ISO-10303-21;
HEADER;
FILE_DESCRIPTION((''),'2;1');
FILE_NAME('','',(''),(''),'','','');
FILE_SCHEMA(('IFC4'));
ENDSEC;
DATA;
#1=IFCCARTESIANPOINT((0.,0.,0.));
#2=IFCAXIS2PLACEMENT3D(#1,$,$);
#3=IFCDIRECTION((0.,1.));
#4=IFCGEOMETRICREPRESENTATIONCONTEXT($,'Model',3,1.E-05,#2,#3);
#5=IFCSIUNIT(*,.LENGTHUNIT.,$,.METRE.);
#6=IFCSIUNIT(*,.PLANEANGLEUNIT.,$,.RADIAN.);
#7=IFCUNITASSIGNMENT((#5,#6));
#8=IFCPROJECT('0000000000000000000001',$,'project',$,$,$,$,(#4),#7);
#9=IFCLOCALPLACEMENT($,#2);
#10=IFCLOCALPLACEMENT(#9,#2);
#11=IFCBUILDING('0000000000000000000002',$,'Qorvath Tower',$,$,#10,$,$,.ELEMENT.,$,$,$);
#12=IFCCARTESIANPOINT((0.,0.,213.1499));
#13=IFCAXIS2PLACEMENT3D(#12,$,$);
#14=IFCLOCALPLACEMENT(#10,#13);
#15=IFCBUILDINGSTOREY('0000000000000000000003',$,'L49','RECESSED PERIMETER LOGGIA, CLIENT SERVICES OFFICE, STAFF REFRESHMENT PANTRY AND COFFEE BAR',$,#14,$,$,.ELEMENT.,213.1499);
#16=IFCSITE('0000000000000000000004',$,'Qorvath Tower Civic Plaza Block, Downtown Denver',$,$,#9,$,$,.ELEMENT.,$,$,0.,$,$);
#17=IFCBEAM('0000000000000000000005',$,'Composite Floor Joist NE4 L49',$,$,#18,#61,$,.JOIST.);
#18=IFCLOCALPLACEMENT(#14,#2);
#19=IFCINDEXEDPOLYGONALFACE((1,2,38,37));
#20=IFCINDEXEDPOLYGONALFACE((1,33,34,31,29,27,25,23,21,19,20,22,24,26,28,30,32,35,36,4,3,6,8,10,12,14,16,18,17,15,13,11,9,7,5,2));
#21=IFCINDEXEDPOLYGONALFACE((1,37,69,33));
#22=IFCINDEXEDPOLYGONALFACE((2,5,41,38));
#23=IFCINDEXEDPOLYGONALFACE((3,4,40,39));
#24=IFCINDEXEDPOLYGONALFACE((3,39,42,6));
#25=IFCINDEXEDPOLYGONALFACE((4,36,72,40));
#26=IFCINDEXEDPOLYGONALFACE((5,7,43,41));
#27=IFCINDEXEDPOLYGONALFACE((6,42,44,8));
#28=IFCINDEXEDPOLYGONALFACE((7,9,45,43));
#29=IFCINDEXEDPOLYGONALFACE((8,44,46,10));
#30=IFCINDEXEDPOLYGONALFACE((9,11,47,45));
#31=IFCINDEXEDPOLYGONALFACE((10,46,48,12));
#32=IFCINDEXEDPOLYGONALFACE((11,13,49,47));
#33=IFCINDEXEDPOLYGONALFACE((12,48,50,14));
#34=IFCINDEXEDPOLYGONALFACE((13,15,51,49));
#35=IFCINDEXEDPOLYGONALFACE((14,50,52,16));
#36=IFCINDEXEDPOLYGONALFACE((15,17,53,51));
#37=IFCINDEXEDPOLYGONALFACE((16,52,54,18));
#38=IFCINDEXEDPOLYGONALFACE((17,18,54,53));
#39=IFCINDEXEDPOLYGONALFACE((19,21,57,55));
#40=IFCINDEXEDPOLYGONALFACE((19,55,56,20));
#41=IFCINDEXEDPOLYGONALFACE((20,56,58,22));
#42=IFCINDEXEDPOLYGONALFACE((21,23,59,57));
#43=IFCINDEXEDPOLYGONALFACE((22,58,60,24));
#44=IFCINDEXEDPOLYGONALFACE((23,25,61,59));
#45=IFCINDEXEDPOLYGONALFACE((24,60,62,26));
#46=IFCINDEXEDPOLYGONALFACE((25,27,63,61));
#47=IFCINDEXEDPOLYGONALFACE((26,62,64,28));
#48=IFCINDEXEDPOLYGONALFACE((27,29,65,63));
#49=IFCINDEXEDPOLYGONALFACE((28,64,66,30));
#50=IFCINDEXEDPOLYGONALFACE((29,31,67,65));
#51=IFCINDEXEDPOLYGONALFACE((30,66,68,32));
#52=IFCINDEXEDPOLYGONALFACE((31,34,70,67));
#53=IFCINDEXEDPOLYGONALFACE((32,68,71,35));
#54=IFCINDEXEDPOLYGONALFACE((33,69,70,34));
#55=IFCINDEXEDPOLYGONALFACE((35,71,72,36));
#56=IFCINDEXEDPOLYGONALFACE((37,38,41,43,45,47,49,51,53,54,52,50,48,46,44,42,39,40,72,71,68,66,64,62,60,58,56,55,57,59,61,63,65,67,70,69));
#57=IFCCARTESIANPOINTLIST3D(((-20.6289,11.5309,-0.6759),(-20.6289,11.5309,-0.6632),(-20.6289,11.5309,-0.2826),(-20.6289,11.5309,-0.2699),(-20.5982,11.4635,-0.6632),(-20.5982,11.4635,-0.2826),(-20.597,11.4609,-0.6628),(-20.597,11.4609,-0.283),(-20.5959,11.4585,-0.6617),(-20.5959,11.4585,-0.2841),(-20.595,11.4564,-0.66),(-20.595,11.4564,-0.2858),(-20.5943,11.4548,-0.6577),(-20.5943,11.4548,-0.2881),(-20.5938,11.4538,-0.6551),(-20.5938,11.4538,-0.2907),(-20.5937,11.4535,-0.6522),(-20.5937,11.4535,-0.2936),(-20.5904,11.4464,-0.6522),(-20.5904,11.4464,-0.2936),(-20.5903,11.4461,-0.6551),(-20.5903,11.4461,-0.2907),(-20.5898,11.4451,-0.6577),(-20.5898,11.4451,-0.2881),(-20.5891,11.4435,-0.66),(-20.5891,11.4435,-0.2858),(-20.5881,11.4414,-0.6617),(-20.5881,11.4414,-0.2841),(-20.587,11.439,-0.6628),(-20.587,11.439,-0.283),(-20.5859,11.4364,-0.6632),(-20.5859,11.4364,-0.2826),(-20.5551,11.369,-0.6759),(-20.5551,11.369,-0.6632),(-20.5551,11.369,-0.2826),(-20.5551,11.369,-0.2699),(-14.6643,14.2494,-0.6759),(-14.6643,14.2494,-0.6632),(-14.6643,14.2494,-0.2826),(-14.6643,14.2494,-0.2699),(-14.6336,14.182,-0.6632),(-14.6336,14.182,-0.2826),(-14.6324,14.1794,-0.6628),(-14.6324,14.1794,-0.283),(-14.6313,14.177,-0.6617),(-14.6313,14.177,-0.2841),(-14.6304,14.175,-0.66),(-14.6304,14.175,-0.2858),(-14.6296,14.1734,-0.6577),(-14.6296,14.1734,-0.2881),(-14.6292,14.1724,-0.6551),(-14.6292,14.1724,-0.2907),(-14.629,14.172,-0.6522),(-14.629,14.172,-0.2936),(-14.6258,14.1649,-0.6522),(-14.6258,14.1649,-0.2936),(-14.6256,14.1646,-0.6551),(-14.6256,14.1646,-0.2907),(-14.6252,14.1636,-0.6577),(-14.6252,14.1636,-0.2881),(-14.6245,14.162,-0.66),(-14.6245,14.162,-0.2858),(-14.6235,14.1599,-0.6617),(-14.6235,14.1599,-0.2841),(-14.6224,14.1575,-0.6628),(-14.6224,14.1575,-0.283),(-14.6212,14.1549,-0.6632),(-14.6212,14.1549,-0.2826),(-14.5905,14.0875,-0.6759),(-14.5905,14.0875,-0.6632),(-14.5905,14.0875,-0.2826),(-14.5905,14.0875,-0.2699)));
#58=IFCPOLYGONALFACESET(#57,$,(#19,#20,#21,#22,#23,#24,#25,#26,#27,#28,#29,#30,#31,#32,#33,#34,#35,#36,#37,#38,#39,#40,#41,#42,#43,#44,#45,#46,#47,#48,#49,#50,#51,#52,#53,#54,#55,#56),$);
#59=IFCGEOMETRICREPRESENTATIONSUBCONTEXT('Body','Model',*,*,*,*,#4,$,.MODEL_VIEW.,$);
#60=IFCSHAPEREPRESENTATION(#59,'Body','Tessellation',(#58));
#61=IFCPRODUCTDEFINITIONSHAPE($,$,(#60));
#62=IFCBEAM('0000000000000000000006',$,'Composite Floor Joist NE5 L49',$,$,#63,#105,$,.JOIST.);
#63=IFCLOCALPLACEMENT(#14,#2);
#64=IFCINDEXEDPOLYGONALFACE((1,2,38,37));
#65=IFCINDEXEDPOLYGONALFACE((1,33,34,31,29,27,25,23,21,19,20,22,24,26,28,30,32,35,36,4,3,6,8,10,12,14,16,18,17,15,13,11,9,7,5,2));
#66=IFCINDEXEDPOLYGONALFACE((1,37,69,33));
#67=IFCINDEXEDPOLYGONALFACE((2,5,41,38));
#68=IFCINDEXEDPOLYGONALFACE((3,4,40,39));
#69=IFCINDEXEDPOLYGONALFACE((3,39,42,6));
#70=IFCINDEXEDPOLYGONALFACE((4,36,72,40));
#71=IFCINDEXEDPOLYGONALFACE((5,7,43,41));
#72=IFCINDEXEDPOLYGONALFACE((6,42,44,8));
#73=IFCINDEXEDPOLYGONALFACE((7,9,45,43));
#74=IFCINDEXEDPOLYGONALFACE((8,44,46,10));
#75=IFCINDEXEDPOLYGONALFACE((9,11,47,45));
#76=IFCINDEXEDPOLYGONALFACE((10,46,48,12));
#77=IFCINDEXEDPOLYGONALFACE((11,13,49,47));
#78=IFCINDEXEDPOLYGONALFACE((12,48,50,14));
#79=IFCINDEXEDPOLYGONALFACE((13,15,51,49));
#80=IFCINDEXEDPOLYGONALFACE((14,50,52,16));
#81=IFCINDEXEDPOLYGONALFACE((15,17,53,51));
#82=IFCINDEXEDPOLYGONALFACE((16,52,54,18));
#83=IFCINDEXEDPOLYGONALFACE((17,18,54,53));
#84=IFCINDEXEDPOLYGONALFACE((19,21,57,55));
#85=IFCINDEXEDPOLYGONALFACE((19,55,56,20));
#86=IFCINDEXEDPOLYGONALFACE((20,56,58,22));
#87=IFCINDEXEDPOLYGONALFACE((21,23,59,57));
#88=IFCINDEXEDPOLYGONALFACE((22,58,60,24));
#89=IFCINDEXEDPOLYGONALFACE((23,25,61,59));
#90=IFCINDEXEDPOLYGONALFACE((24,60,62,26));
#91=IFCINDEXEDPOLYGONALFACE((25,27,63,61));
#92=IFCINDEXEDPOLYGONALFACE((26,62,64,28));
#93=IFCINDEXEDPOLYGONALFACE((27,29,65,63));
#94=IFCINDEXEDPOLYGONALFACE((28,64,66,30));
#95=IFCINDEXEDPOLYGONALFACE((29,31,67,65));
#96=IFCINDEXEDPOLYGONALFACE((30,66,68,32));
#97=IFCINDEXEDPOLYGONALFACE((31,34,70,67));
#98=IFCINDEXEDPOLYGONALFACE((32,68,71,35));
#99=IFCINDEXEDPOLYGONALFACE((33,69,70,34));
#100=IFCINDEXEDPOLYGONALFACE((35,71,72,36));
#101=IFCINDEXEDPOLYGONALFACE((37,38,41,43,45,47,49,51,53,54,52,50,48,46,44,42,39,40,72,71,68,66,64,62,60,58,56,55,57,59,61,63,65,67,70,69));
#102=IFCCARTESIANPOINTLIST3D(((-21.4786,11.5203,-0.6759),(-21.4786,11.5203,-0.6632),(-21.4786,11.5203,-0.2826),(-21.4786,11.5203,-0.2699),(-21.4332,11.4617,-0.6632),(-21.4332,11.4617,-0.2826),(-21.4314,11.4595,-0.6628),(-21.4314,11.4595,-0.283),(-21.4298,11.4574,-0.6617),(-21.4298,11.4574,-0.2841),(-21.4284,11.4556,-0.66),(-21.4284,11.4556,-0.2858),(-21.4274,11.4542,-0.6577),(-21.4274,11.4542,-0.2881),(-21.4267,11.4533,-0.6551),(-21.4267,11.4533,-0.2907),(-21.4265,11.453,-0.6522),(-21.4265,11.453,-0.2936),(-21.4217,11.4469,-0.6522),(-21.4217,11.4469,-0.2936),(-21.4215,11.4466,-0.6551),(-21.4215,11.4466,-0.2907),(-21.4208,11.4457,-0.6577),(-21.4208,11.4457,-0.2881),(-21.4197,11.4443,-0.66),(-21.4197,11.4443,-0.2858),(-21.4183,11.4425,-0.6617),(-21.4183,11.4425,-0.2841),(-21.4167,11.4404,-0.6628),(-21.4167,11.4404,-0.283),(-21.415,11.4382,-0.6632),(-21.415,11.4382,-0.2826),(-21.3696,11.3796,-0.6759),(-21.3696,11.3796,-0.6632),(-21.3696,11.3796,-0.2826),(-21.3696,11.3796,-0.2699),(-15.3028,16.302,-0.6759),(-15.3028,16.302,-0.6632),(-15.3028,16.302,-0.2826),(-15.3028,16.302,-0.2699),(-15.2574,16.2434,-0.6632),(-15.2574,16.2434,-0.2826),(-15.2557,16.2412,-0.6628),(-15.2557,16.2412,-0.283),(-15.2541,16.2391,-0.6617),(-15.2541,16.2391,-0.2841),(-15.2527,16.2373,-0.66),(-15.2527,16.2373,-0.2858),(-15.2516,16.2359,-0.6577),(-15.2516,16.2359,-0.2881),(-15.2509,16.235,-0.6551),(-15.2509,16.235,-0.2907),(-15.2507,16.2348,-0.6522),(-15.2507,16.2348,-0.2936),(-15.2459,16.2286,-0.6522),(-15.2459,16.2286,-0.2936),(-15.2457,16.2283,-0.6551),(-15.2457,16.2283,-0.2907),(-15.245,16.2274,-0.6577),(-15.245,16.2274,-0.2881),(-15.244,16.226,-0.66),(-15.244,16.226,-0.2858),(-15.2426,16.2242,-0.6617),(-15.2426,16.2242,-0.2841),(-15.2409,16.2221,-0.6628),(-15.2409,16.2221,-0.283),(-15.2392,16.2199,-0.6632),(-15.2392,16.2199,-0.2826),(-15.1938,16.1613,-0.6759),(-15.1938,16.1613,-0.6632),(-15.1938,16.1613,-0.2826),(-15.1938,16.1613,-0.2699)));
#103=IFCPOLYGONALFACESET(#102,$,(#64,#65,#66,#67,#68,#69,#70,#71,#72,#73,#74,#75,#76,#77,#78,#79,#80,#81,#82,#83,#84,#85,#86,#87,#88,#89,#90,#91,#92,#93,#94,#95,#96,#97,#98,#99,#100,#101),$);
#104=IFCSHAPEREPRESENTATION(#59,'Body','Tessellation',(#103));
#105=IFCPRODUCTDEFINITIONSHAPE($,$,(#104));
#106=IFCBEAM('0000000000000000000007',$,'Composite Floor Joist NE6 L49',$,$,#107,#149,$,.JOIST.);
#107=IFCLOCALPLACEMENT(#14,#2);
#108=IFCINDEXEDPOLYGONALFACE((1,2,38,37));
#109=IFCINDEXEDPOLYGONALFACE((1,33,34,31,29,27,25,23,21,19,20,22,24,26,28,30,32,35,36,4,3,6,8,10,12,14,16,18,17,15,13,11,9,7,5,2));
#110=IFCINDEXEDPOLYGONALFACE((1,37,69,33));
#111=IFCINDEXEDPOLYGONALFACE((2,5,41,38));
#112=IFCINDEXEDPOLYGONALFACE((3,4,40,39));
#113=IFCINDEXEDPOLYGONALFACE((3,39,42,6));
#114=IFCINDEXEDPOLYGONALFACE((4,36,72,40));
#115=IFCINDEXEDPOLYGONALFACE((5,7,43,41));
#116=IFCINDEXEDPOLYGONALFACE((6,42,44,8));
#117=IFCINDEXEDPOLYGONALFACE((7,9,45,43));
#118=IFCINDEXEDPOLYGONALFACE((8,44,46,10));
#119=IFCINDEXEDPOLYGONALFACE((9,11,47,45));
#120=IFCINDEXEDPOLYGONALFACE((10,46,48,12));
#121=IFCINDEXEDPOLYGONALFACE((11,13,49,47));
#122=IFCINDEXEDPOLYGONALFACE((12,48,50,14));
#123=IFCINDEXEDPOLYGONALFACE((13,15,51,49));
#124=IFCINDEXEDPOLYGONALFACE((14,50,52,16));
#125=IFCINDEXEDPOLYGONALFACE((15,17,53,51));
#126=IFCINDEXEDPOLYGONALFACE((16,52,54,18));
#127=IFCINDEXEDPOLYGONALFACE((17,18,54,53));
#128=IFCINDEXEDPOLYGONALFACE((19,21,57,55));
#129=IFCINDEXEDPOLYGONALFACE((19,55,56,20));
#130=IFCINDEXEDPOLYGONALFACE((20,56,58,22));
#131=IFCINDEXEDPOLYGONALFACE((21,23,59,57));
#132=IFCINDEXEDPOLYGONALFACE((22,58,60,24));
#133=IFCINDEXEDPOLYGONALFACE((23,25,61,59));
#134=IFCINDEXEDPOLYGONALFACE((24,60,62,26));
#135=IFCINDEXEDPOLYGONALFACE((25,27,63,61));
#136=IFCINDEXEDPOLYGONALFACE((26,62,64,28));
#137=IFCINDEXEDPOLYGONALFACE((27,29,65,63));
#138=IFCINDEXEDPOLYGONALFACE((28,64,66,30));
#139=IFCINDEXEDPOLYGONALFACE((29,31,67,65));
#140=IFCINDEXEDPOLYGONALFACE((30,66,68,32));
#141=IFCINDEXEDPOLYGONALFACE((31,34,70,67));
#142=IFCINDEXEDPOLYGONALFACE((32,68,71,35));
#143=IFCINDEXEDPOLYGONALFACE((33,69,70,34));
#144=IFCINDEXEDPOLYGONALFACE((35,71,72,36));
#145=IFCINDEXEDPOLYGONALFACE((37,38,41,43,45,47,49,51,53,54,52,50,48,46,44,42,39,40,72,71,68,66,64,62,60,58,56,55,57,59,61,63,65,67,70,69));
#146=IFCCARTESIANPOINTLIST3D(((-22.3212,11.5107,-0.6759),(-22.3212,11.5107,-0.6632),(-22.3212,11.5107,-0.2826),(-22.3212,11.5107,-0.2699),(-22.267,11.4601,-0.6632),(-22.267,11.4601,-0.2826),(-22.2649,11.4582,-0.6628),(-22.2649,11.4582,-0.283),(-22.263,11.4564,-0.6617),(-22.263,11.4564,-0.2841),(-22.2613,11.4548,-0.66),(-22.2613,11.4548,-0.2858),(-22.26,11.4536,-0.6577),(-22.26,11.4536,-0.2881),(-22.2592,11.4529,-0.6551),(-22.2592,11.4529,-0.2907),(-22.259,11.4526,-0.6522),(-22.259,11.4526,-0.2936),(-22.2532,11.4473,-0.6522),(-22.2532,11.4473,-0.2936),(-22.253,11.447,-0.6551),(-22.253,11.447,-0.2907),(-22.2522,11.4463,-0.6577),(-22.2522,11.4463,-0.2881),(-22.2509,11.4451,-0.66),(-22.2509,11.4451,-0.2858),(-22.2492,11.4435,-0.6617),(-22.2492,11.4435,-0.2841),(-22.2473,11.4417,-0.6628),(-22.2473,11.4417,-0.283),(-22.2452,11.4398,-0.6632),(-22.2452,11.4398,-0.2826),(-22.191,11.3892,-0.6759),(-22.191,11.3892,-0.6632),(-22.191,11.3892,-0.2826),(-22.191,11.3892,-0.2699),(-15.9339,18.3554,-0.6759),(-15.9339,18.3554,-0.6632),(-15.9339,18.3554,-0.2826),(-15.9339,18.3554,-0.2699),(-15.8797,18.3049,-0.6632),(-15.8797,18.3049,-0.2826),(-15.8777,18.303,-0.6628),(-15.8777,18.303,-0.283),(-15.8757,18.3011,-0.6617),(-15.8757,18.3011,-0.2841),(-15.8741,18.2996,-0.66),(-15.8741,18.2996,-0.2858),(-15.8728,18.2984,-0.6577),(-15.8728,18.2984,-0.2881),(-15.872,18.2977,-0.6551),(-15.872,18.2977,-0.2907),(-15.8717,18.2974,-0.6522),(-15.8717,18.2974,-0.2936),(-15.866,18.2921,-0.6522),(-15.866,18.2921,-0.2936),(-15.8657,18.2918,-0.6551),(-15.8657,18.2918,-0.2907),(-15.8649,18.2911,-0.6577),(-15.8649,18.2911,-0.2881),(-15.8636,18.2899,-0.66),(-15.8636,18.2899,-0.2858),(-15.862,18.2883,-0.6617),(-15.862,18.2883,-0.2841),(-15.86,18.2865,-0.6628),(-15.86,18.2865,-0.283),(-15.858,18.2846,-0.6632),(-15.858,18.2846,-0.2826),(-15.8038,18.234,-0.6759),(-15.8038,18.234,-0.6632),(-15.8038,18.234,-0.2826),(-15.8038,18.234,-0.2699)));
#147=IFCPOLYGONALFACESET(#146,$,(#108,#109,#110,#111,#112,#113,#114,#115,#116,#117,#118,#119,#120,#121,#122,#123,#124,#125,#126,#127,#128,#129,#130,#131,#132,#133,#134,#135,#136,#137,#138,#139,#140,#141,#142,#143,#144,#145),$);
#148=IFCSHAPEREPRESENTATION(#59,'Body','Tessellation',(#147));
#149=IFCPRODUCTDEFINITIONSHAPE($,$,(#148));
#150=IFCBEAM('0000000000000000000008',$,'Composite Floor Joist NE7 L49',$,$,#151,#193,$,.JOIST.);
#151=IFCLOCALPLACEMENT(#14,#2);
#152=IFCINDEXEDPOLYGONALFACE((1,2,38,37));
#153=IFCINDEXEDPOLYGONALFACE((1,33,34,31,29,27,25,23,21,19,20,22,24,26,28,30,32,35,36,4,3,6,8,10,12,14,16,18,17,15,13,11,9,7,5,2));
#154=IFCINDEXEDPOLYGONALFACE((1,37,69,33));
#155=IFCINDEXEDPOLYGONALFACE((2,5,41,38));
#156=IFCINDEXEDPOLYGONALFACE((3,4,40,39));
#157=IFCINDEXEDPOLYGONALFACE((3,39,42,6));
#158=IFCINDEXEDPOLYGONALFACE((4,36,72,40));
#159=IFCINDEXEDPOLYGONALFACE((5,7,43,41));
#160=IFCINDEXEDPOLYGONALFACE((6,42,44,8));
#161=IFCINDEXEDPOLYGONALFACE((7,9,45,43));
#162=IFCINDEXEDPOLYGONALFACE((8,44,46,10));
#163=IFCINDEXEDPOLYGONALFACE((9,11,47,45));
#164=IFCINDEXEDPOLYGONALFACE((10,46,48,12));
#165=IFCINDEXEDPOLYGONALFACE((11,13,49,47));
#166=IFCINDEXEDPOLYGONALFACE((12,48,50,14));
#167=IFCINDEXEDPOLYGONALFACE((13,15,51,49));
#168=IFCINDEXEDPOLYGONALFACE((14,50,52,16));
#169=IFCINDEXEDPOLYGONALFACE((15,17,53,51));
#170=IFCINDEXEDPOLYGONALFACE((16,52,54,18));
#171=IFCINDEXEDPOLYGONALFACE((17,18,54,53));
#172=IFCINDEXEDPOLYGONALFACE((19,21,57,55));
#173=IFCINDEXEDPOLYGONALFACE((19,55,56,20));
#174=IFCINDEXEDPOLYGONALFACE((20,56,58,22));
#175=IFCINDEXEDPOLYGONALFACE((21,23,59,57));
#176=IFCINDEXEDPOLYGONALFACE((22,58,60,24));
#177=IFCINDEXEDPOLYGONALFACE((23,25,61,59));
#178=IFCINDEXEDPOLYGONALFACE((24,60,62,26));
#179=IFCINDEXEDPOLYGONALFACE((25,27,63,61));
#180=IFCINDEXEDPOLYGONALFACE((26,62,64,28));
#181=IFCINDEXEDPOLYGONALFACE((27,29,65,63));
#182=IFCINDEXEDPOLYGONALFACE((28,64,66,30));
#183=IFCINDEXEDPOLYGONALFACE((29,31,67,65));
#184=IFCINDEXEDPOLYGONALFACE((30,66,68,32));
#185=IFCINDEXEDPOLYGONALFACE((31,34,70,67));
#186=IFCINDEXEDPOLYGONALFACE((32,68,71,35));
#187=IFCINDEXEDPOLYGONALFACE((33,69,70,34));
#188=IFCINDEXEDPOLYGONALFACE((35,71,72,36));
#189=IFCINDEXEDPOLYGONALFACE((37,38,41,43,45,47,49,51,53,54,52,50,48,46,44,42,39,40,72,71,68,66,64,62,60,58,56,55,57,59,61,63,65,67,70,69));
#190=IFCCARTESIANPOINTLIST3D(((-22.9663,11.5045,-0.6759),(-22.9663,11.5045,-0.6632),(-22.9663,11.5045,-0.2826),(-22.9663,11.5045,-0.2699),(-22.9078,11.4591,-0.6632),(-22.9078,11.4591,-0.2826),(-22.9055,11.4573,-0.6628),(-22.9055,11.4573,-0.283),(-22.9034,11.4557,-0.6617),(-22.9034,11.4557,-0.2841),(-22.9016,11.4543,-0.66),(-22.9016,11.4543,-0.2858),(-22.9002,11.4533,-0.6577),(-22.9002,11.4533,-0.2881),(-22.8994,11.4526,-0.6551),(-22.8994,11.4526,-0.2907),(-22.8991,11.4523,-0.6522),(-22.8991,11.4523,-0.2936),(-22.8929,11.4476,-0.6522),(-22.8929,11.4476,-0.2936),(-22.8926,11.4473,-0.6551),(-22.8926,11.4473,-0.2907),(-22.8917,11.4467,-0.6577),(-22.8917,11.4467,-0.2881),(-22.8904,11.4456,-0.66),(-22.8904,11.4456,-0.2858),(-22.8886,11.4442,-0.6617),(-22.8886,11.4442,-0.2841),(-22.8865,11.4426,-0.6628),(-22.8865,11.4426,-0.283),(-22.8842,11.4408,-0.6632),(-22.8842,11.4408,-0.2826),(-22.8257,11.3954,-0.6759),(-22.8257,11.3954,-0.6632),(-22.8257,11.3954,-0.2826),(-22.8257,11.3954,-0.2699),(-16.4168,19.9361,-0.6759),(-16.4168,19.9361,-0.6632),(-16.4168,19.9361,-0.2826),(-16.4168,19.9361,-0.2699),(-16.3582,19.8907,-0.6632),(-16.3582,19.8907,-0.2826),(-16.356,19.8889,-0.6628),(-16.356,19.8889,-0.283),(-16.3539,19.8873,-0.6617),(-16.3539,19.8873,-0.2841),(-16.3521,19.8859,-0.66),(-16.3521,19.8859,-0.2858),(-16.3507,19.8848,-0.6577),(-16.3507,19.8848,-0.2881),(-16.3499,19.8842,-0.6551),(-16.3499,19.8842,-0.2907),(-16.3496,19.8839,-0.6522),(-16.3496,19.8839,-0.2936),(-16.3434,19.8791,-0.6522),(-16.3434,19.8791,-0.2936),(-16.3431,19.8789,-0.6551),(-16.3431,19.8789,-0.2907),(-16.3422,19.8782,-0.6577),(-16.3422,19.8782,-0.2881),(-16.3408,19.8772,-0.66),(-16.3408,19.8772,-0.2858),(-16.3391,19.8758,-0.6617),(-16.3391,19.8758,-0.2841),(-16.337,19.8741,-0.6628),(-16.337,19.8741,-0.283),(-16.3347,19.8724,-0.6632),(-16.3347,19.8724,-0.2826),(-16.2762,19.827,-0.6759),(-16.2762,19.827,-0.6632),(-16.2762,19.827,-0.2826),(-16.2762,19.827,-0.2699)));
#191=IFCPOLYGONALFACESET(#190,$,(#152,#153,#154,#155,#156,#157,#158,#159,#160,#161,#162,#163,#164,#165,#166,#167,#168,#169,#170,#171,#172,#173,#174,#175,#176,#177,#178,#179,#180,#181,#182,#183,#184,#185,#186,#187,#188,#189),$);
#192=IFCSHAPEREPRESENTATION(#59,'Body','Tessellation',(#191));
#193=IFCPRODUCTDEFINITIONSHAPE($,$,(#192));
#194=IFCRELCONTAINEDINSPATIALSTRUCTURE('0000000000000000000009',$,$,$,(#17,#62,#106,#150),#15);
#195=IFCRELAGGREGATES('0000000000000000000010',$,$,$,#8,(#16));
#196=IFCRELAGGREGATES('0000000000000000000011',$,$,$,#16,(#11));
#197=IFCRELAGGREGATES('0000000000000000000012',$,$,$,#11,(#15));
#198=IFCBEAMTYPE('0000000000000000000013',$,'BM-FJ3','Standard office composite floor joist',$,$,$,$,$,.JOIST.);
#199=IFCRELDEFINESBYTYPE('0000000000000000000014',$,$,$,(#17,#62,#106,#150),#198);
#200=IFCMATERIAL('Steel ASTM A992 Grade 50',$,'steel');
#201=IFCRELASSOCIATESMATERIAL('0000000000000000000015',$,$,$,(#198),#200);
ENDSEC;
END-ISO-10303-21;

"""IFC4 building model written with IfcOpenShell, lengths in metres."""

from ifc_helpers import new_model, si_unit, direction, frame, origin, origin_2d, place, context, subcontext, project, spatial, i_section, extrude, material, material_profile, profile_set, type_object, element, save


model = new_model("IFC4")

# Units and contexts
model_context = context("Model", 3, precision=1e-05, world=origin(), true_north=direction((0.0, 1.0)))
body_context = subcontext(model_context, "Body", "Model", "MODEL_VIEW")
ifc_project = project(units=[si_unit("LENGTHUNIT", "METRE"), si_unit("PLANEANGLEUNIT", "RADIAN")], contexts=[model_context])

# Site, building, storey
site_placement = place(None, origin())
site = spatial("IfcSite", under=ifc_project, at=site_placement, Name="Qorvath Tower Civic Plaza Block, Downtown Denver", CompositionType="ELEMENT", RefElevation=0.0)
building_placement = place(site_placement, origin())
building = spatial("IfcBuilding", under=site, at=building_placement, Name="Qorvath Tower", CompositionType="ELEMENT")
storey_placement = place(building_placement, frame((0.0, 0.0, 213.1499)))
storey = spatial("IfcBuildingStorey", under=building, at=storey_placement, Name="L49", Description="RECESSED PERIMETER LOGGIA, CLIENT SERVICES OFFICE, STAFF REFRESHMENT PANTRY AND COFFEE BAR", CompositionType="ELEMENT", Elevation=213.1499)

# Beams
ifc_material_1 = material(Name="Steel ASTM A992 Grade 50", Category="steel")
ifc_material_profile_1 = material_profile(ifc_material_1, i_section(OverallWidth=0.178, OverallDepth=0.406, WebThickness=0.0078, FlangeThickness=0.0127, FilletRadius=0.011, at=origin_2d()), Name="W16x40")
ifc_profile_set_1 = profile_set([ifc_material_profile_1], Name="Steel ASTM A992 Grade 50")
beam_type_1 = type_object("IfcBeamType", Name="BM-FJ3", Description="Standard office composite floor joist", PredefinedType="JOIST", material=ifc_profile_set_1)
beam_1_placement = place(storey_placement, frame((-20.592, 11.45, -0.4729), z_axis=(0.909945, 0.414729, 0.0), x_axis=(-0.414729, 0.909945, 0.0)))
element("IfcBeam", 1, at=beam_1_placement, inside=storey, type_object=beam_type_1, Name="Composite Floor Joist NE4 L49", PredefinedType="JOIST", context=body_context, shape_type="SweptSolid", body=[
    extrude(i_section(OverallWidth=0.178, OverallDepth=0.406, WebThickness=0.0078, FlangeThickness=0.0127, FilletRadius=0.011, at=origin_2d()), origin(), (0.0, 0.0, 1.0), 6.5549),
])
beam_2_placement = place(storey_placement, frame((-21.4241, 11.45, -0.4729), z_axis=(0.790693, 0.612212, 0.0), x_axis=(-0.612212, 0.790693, 0.0)))
element("IfcBeam", 2, at=beam_2_placement, inside=storey, type_object=beam_type_1, Name="Composite Floor Joist NE5 L49", PredefinedType="JOIST", context=body_context, shape_type="SweptSolid", body=[
    extrude(i_section(OverallWidth=0.178, OverallDepth=0.406, WebThickness=0.0078, FlangeThickness=0.0127, FilletRadius=0.011, at=origin_2d()), origin(), (0.0, 0.0, 1.0), 7.8105),
])
beam_3_placement = place(storey_placement, frame((-22.2561, 11.45, -0.4729), z_axis=(0.682249, 0.731119, 0.0), x_axis=(-0.731119, 0.682249, 0.0)))
element("IfcBeam", 3, at=beam_3_placement, inside=storey, type_object=beam_type_1, Name="Composite Floor Joist NE6 L49", PredefinedType="JOIST", context=body_context, shape_type="SweptSolid", body=[
    extrude(i_section(OverallWidth=0.178, OverallDepth=0.406, WebThickness=0.0078, FlangeThickness=0.0127, FilletRadius=0.011, at=origin_2d()), origin(), (0.0, 0.0, 1.0), 9.3621),
])
beam_4_placement = place(storey_placement, frame((-22.896, 11.45, -0.4729), z_axis=(0.613451, 0.789733, 0.0), x_axis=(-0.789733, 0.613451, 0.0)))
element("IfcBeam", 4, at=beam_4_placement, inside=storey, type_object=beam_type_1, Name="Composite Floor Joist NE7 L49", PredefinedType="JOIST", context=body_context, shape_type="SweptSolid", body=[
    extrude(i_section(OverallWidth=0.178, OverallDepth=0.406, WebThickness=0.0078, FlangeThickness=0.0127, FilletRadius=0.011, at=origin_2d()), origin(), (0.0, 0.0, 1.0), 10.6765),
])

save(model, "model.ifc")
